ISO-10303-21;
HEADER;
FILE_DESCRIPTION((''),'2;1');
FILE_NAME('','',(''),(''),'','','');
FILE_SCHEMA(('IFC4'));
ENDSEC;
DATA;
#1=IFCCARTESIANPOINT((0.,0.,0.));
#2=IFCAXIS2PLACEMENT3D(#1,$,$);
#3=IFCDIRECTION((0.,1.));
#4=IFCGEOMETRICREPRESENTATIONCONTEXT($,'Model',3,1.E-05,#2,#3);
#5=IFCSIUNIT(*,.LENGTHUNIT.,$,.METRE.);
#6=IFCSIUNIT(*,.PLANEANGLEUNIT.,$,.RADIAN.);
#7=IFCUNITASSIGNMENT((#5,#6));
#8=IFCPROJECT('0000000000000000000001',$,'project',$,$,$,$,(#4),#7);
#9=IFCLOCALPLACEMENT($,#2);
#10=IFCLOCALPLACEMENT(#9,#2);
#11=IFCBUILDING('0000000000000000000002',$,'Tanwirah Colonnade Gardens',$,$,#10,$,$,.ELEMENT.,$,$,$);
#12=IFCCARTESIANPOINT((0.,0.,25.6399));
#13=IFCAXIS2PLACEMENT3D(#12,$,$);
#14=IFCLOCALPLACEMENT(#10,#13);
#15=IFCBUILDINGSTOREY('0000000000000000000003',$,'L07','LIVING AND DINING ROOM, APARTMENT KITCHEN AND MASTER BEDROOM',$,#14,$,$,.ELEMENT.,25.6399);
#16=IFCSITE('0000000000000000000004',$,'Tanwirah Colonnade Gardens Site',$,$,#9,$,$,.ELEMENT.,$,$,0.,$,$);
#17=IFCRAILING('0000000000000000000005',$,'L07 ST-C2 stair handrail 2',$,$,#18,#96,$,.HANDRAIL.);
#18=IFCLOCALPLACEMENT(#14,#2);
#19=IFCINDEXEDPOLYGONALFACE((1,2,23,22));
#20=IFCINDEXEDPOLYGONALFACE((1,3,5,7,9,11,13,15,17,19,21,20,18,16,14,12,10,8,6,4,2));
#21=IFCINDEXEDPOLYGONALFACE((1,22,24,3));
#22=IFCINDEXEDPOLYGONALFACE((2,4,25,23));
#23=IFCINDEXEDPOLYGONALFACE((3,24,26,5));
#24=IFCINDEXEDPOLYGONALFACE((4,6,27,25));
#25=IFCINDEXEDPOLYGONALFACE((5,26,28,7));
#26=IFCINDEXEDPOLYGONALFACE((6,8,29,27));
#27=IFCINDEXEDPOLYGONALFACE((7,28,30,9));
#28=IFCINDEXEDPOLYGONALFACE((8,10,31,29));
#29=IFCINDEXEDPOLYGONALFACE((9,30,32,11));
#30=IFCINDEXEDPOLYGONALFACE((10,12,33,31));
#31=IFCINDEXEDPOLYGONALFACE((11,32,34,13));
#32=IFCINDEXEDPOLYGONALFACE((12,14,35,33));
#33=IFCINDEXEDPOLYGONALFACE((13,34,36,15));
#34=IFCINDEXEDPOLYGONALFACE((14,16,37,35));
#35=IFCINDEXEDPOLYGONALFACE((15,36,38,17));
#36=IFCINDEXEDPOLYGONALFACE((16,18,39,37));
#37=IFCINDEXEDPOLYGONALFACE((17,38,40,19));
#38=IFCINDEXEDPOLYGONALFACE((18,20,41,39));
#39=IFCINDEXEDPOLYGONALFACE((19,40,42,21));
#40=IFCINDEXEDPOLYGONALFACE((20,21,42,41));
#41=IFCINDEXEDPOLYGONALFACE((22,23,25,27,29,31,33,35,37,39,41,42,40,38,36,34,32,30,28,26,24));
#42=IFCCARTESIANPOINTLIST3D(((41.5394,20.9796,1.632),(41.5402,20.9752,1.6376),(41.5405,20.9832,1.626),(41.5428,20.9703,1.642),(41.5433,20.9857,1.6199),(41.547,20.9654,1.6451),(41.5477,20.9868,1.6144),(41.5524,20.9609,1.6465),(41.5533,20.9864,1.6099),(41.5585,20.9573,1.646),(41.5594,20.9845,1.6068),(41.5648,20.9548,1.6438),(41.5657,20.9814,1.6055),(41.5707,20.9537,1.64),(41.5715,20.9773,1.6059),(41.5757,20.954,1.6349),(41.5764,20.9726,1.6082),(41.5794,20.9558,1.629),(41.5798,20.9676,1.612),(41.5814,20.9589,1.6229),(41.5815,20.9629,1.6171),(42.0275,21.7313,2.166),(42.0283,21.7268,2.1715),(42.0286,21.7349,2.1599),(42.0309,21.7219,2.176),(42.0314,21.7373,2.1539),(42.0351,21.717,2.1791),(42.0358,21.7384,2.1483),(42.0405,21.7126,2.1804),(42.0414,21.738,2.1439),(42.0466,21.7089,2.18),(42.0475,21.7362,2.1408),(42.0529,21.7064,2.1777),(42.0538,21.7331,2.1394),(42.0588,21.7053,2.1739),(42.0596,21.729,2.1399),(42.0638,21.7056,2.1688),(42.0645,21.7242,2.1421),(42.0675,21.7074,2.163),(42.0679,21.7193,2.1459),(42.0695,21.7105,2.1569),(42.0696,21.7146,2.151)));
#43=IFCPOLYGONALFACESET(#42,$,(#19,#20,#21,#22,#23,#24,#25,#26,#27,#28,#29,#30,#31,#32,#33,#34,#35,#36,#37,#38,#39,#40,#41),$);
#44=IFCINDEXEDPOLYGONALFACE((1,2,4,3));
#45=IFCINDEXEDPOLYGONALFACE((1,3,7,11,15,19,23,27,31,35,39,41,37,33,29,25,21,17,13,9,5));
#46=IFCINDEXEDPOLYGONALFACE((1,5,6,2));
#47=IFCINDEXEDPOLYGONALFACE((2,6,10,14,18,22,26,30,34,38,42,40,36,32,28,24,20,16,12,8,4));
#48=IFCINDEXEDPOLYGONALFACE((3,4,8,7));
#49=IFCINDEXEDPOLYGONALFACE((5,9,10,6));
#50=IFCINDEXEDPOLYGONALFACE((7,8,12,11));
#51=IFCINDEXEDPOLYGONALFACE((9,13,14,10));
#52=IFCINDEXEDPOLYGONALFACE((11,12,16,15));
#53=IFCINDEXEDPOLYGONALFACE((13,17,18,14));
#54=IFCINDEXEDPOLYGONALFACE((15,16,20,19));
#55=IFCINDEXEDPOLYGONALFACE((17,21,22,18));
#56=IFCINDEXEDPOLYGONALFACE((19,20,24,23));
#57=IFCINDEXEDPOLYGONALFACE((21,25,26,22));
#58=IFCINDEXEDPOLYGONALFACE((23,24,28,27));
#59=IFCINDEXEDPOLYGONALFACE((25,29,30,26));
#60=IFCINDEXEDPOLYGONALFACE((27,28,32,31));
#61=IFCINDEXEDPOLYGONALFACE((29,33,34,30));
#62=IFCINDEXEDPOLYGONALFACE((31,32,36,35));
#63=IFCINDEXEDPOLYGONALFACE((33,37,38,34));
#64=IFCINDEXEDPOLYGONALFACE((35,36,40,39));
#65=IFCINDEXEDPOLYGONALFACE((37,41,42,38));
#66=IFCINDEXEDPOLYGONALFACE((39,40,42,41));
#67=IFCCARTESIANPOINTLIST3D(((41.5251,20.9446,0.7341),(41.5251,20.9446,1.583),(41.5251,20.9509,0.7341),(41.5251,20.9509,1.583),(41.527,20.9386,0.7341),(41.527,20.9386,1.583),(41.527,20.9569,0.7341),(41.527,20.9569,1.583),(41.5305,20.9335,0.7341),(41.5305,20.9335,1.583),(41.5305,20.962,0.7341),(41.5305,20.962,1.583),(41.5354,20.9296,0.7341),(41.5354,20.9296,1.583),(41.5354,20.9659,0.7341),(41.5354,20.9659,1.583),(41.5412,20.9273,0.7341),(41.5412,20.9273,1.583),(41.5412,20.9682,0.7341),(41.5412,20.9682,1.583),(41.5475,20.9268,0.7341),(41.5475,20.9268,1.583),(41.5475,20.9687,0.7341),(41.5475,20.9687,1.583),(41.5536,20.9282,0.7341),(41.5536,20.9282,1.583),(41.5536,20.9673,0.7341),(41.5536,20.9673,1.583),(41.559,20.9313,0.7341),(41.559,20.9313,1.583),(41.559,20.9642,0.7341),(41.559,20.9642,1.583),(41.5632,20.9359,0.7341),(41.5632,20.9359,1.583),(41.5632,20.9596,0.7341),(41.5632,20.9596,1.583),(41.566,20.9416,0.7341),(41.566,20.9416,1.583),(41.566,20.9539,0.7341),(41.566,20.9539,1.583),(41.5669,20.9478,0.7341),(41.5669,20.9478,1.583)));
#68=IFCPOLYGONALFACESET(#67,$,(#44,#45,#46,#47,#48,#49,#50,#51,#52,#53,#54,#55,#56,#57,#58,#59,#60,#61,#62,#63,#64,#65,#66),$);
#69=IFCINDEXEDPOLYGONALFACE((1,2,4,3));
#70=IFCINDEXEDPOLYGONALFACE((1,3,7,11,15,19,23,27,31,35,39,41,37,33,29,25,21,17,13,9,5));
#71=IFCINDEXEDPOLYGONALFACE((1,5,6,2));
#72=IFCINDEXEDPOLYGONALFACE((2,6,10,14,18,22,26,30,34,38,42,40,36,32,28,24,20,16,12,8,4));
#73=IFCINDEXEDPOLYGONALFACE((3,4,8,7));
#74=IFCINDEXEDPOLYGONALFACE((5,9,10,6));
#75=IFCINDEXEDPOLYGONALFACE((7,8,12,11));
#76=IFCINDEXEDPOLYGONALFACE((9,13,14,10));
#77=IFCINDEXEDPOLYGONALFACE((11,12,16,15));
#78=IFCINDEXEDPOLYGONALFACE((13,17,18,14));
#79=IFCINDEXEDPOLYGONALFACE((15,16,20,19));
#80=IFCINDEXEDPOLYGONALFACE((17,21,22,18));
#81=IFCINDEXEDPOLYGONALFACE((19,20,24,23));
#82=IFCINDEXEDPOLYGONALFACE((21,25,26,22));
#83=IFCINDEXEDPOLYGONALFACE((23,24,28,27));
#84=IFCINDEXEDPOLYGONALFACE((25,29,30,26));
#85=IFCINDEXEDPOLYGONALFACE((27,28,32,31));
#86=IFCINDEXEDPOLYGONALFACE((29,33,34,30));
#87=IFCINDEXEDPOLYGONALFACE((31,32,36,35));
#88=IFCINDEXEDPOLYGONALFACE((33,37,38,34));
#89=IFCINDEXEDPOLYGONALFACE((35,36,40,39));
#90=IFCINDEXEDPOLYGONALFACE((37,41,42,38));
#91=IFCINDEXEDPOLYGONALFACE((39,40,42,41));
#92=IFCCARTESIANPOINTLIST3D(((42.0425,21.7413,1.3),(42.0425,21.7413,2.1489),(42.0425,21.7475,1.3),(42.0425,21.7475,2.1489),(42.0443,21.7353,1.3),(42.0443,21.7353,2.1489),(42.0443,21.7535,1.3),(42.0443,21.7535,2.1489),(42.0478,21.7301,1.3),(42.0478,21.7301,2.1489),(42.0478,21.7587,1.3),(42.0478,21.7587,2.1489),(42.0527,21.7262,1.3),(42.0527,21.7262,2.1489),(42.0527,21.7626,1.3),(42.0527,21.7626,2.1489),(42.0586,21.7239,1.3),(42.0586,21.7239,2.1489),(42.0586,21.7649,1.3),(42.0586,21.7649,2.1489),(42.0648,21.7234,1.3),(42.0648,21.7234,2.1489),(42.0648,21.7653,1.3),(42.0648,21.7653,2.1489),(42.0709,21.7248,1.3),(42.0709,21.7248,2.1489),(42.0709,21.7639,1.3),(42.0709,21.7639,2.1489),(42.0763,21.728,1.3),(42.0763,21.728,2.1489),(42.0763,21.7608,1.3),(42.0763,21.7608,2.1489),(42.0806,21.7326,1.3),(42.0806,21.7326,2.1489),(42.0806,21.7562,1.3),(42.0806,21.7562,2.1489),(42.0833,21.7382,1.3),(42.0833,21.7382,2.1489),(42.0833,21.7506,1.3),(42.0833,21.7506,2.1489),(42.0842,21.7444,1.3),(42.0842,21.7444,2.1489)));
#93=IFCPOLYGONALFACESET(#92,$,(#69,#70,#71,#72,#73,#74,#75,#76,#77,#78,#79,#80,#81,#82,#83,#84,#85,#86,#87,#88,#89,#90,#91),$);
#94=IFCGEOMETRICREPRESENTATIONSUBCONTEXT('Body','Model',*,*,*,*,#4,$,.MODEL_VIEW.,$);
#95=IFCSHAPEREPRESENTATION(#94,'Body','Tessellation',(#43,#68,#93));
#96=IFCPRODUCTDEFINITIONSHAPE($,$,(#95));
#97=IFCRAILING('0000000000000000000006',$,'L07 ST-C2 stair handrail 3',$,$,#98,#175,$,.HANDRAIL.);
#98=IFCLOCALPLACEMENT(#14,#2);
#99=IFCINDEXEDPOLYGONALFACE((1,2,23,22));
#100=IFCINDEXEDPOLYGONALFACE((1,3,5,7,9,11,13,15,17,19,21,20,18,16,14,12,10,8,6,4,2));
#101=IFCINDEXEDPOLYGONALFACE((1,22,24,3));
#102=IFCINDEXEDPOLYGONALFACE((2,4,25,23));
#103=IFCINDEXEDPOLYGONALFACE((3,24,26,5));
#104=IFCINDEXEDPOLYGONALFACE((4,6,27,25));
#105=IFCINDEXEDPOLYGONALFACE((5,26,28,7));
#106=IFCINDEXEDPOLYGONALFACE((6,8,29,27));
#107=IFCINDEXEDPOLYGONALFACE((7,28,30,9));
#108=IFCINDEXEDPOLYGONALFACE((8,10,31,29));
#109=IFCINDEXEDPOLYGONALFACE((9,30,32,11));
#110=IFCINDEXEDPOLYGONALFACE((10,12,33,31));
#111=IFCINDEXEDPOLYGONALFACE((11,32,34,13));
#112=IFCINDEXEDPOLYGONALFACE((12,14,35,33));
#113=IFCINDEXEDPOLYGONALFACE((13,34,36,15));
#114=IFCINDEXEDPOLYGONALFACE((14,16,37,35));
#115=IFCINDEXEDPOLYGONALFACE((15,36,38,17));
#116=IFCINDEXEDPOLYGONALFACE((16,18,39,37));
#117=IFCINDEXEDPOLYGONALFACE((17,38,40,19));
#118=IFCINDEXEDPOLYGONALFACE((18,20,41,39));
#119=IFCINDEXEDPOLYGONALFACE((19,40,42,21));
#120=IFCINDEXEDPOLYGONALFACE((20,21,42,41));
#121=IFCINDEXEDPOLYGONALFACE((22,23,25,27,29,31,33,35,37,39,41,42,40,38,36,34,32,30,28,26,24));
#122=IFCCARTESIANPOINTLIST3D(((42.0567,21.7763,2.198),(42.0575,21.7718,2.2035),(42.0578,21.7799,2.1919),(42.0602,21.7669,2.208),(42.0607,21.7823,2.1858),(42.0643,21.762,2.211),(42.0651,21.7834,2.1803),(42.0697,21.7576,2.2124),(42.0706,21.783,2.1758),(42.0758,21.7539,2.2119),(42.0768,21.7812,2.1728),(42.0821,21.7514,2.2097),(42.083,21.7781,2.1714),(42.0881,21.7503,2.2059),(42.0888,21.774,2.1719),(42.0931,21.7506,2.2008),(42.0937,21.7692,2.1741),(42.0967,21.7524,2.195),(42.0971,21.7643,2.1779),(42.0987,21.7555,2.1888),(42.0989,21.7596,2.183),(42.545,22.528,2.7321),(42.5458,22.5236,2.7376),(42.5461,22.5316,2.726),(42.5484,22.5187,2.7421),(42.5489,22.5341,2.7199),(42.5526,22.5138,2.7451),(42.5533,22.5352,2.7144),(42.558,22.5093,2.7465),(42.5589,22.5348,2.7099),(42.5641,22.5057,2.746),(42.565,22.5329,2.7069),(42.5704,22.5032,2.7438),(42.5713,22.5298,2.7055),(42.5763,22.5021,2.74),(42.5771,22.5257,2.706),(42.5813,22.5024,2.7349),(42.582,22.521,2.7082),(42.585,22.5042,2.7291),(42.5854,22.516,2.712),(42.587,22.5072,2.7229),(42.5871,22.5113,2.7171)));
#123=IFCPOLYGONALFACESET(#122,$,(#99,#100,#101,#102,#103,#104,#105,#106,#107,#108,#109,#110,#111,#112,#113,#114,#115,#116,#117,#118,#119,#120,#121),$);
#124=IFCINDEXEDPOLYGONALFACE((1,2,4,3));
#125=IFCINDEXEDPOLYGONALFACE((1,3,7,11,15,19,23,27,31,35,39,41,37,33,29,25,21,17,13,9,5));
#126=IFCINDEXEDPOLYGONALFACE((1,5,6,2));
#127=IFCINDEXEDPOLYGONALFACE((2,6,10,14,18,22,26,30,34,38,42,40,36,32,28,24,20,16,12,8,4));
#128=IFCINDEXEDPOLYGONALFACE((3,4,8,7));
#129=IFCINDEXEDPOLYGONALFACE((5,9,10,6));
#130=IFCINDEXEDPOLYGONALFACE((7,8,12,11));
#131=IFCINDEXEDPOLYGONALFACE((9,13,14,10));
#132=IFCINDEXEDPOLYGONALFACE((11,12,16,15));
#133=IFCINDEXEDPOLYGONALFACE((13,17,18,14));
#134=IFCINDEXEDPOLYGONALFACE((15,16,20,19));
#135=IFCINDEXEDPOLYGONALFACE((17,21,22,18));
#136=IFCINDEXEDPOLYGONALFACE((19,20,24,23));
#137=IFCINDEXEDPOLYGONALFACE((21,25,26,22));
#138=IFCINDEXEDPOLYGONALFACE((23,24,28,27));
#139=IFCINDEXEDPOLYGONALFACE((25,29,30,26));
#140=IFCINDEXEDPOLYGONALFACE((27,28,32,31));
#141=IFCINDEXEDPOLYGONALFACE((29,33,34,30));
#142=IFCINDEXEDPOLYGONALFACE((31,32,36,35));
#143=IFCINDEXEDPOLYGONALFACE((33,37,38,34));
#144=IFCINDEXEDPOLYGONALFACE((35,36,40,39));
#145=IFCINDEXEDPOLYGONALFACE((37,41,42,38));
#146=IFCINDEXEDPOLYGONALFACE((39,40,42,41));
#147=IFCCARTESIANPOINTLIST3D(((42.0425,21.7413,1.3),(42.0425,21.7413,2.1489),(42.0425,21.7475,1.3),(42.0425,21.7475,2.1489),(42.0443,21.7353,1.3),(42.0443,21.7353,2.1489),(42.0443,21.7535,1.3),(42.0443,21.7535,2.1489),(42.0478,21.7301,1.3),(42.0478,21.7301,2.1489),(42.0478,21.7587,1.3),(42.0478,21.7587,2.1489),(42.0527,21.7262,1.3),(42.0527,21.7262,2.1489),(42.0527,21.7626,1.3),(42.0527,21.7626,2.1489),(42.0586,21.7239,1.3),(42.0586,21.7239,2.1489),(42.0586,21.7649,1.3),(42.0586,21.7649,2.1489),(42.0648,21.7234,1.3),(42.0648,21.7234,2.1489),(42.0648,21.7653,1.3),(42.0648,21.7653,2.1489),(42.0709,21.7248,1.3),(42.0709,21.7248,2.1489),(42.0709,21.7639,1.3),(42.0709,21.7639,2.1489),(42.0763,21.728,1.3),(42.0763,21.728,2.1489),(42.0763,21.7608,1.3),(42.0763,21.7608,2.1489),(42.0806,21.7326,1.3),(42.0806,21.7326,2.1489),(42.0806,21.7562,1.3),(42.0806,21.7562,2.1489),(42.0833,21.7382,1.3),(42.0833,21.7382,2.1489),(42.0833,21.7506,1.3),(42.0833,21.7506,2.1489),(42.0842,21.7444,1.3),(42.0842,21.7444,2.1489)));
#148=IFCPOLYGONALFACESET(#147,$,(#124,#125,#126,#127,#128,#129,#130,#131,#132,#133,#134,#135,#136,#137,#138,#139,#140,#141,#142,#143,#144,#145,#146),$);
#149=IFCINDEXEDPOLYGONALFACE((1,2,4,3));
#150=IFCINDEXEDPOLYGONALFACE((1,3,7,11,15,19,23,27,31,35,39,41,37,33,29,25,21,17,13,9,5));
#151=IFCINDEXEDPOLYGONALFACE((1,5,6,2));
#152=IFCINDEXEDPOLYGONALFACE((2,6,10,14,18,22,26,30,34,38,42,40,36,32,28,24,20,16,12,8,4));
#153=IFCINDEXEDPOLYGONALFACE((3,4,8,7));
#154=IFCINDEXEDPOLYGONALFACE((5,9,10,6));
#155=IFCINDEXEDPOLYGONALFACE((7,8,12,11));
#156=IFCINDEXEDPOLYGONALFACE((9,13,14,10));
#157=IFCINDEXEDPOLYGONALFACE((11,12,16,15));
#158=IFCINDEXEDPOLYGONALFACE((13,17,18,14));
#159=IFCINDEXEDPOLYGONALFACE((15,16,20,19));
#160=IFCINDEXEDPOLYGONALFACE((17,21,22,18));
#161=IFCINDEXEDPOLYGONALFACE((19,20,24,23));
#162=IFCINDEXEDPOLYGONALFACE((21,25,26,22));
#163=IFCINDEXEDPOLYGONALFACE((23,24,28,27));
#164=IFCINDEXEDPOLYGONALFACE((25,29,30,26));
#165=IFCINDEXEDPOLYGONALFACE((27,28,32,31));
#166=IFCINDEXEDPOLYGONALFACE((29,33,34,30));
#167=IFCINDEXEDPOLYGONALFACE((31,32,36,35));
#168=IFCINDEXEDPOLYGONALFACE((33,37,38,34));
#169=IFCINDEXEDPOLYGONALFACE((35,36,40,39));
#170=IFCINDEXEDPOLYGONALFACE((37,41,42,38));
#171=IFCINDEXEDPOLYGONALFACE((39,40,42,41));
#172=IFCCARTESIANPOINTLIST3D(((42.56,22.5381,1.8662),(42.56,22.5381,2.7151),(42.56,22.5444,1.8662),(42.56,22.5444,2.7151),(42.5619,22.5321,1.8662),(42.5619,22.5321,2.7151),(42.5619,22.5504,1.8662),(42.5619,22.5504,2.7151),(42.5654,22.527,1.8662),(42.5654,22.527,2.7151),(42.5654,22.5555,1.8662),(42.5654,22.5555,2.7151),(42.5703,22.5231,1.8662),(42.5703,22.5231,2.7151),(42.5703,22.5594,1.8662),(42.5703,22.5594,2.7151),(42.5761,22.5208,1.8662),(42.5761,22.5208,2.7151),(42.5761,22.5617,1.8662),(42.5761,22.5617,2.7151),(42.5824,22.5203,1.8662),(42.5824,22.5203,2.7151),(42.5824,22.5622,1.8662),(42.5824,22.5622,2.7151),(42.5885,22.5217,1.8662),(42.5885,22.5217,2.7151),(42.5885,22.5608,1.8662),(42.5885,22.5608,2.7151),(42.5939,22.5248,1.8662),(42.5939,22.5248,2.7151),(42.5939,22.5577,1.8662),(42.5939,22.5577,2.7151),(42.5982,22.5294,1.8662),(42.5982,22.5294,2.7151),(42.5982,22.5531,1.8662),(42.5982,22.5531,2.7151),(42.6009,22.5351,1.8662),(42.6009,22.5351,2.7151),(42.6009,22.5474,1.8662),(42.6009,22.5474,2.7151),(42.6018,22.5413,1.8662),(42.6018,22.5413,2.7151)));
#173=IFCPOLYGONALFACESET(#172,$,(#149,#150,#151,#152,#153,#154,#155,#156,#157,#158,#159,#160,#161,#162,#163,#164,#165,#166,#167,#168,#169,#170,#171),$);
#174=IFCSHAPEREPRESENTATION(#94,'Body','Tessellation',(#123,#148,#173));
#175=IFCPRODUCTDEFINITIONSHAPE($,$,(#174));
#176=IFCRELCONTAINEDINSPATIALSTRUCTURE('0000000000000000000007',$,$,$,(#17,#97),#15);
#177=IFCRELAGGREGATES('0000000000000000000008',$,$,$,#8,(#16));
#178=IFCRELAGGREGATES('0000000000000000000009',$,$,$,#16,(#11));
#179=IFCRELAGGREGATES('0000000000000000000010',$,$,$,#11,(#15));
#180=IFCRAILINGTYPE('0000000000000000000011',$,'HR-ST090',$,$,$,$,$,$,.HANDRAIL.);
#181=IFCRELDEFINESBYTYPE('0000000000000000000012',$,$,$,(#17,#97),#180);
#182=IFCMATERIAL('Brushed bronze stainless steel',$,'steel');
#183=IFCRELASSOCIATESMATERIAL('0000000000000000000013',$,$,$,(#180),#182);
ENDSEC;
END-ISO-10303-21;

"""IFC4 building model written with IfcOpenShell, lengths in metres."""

from ifc_helpers import new_model, si_unit, direction, frame, origin, origin_2d, place, context, subcontext, project, spatial, circle, extrude, material, type_object, element, save


model = new_model("IFC4")

# Units and contexts
model_context = context("Model", 3, precision=1e-05, world=origin(), true_north=direction((0.0, 1.0)))
body_context = subcontext(model_context, "Body", "Model", "MODEL_VIEW")
ifc_project = project(units=[si_unit("LENGTHUNIT", "METRE"), si_unit("PLANEANGLEUNIT", "RADIAN")], contexts=[model_context])

# Site, building, storey
site_placement = place(None, origin())
site = spatial("IfcSite", under=ifc_project, at=site_placement, Name="Tanwirah Colonnade Gardens Site", CompositionType="ELEMENT", RefElevation=0.0)
building_placement = place(site_placement, origin())
building = spatial("IfcBuilding", under=site, at=building_placement, Name="Tanwirah Colonnade Gardens", CompositionType="ELEMENT")
storey_placement = place(building_placement, frame((0.0, 0.0, 25.6399)))
storey = spatial("IfcBuildingStorey", under=building, at=storey_placement, Name="L07", Description="LIVING AND DINING ROOM, APARTMENT KITCHEN AND MASTER BEDROOM", CompositionType="ELEMENT", Elevation=25.6399)

# Railings
ifc_material_1 = material(Name="Brushed bronze stainless steel", Category="steel")
railing_type_1 = type_object("IfcRailingType", Name="HR-ST090", PredefinedType="HANDRAIL", material=ifc_material_1)
for number, where, name in (
    (1, (41.5459, 20.9478, 0.7341), "L07 ST-C2 stair handrail 2"),
):
    element("IfcRailing", number, at=place(storey_placement, frame(where)), inside=storey, type_object=railing_type_1, Name=name, PredefinedType="HANDRAIL", context=body_context, shape_type="SweptSolid", body=[
        extrude(circle(Radius=0.0239, at=origin_2d()), frame((0.0146, 0.0225, 0.8918), z_axis=(0.46789, 0.720492, 0.51183), x_axis=(-0.838673, 0.544636, 0.0)), (0.0, 0.0, 1.0), 1.0432),
        extrude(circle(Radius=0.021, at=origin_2d()), origin(), (0.0, 0.0, 1.0), 0.8489),
        extrude(circle(Radius=0.021, at=origin_2d()), frame((0.5173, 0.7966, 0.5659)), (0.0, 0.0, 1.0), 0.8489),
    ])
railing_1_placement = place(storey_placement, frame((42.0632, 21.7444, 1.3)))
element("IfcRailing", 2, at=railing_1_placement, inside=storey, type_object=railing_type_1, Name="L07 ST-C2 stair handrail 3", PredefinedType="HANDRAIL", context=body_context, shape_type="SweptSolid", body=[
    extrude(circle(Radius=0.0239, at=origin_2d()), frame((0.0146, 0.0225, 0.8918), z_axis=(0.467935, 0.720443, 0.511859), x_axis=(-0.838631, 0.544699, 0.0)), (0.0, 0.0, 1.0), 1.0435),
    extrude(circle(Radius=0.021, at=origin_2d()), origin(), (0.0, 0.0, 1.0), 0.8489),
    extrude(circle(Radius=0.021, at=origin_2d()), frame((0.5176, 0.7969, 0.5662)), (0.0, 0.0, 1.0), 0.8489),
])

save(model, "model.ifc")
